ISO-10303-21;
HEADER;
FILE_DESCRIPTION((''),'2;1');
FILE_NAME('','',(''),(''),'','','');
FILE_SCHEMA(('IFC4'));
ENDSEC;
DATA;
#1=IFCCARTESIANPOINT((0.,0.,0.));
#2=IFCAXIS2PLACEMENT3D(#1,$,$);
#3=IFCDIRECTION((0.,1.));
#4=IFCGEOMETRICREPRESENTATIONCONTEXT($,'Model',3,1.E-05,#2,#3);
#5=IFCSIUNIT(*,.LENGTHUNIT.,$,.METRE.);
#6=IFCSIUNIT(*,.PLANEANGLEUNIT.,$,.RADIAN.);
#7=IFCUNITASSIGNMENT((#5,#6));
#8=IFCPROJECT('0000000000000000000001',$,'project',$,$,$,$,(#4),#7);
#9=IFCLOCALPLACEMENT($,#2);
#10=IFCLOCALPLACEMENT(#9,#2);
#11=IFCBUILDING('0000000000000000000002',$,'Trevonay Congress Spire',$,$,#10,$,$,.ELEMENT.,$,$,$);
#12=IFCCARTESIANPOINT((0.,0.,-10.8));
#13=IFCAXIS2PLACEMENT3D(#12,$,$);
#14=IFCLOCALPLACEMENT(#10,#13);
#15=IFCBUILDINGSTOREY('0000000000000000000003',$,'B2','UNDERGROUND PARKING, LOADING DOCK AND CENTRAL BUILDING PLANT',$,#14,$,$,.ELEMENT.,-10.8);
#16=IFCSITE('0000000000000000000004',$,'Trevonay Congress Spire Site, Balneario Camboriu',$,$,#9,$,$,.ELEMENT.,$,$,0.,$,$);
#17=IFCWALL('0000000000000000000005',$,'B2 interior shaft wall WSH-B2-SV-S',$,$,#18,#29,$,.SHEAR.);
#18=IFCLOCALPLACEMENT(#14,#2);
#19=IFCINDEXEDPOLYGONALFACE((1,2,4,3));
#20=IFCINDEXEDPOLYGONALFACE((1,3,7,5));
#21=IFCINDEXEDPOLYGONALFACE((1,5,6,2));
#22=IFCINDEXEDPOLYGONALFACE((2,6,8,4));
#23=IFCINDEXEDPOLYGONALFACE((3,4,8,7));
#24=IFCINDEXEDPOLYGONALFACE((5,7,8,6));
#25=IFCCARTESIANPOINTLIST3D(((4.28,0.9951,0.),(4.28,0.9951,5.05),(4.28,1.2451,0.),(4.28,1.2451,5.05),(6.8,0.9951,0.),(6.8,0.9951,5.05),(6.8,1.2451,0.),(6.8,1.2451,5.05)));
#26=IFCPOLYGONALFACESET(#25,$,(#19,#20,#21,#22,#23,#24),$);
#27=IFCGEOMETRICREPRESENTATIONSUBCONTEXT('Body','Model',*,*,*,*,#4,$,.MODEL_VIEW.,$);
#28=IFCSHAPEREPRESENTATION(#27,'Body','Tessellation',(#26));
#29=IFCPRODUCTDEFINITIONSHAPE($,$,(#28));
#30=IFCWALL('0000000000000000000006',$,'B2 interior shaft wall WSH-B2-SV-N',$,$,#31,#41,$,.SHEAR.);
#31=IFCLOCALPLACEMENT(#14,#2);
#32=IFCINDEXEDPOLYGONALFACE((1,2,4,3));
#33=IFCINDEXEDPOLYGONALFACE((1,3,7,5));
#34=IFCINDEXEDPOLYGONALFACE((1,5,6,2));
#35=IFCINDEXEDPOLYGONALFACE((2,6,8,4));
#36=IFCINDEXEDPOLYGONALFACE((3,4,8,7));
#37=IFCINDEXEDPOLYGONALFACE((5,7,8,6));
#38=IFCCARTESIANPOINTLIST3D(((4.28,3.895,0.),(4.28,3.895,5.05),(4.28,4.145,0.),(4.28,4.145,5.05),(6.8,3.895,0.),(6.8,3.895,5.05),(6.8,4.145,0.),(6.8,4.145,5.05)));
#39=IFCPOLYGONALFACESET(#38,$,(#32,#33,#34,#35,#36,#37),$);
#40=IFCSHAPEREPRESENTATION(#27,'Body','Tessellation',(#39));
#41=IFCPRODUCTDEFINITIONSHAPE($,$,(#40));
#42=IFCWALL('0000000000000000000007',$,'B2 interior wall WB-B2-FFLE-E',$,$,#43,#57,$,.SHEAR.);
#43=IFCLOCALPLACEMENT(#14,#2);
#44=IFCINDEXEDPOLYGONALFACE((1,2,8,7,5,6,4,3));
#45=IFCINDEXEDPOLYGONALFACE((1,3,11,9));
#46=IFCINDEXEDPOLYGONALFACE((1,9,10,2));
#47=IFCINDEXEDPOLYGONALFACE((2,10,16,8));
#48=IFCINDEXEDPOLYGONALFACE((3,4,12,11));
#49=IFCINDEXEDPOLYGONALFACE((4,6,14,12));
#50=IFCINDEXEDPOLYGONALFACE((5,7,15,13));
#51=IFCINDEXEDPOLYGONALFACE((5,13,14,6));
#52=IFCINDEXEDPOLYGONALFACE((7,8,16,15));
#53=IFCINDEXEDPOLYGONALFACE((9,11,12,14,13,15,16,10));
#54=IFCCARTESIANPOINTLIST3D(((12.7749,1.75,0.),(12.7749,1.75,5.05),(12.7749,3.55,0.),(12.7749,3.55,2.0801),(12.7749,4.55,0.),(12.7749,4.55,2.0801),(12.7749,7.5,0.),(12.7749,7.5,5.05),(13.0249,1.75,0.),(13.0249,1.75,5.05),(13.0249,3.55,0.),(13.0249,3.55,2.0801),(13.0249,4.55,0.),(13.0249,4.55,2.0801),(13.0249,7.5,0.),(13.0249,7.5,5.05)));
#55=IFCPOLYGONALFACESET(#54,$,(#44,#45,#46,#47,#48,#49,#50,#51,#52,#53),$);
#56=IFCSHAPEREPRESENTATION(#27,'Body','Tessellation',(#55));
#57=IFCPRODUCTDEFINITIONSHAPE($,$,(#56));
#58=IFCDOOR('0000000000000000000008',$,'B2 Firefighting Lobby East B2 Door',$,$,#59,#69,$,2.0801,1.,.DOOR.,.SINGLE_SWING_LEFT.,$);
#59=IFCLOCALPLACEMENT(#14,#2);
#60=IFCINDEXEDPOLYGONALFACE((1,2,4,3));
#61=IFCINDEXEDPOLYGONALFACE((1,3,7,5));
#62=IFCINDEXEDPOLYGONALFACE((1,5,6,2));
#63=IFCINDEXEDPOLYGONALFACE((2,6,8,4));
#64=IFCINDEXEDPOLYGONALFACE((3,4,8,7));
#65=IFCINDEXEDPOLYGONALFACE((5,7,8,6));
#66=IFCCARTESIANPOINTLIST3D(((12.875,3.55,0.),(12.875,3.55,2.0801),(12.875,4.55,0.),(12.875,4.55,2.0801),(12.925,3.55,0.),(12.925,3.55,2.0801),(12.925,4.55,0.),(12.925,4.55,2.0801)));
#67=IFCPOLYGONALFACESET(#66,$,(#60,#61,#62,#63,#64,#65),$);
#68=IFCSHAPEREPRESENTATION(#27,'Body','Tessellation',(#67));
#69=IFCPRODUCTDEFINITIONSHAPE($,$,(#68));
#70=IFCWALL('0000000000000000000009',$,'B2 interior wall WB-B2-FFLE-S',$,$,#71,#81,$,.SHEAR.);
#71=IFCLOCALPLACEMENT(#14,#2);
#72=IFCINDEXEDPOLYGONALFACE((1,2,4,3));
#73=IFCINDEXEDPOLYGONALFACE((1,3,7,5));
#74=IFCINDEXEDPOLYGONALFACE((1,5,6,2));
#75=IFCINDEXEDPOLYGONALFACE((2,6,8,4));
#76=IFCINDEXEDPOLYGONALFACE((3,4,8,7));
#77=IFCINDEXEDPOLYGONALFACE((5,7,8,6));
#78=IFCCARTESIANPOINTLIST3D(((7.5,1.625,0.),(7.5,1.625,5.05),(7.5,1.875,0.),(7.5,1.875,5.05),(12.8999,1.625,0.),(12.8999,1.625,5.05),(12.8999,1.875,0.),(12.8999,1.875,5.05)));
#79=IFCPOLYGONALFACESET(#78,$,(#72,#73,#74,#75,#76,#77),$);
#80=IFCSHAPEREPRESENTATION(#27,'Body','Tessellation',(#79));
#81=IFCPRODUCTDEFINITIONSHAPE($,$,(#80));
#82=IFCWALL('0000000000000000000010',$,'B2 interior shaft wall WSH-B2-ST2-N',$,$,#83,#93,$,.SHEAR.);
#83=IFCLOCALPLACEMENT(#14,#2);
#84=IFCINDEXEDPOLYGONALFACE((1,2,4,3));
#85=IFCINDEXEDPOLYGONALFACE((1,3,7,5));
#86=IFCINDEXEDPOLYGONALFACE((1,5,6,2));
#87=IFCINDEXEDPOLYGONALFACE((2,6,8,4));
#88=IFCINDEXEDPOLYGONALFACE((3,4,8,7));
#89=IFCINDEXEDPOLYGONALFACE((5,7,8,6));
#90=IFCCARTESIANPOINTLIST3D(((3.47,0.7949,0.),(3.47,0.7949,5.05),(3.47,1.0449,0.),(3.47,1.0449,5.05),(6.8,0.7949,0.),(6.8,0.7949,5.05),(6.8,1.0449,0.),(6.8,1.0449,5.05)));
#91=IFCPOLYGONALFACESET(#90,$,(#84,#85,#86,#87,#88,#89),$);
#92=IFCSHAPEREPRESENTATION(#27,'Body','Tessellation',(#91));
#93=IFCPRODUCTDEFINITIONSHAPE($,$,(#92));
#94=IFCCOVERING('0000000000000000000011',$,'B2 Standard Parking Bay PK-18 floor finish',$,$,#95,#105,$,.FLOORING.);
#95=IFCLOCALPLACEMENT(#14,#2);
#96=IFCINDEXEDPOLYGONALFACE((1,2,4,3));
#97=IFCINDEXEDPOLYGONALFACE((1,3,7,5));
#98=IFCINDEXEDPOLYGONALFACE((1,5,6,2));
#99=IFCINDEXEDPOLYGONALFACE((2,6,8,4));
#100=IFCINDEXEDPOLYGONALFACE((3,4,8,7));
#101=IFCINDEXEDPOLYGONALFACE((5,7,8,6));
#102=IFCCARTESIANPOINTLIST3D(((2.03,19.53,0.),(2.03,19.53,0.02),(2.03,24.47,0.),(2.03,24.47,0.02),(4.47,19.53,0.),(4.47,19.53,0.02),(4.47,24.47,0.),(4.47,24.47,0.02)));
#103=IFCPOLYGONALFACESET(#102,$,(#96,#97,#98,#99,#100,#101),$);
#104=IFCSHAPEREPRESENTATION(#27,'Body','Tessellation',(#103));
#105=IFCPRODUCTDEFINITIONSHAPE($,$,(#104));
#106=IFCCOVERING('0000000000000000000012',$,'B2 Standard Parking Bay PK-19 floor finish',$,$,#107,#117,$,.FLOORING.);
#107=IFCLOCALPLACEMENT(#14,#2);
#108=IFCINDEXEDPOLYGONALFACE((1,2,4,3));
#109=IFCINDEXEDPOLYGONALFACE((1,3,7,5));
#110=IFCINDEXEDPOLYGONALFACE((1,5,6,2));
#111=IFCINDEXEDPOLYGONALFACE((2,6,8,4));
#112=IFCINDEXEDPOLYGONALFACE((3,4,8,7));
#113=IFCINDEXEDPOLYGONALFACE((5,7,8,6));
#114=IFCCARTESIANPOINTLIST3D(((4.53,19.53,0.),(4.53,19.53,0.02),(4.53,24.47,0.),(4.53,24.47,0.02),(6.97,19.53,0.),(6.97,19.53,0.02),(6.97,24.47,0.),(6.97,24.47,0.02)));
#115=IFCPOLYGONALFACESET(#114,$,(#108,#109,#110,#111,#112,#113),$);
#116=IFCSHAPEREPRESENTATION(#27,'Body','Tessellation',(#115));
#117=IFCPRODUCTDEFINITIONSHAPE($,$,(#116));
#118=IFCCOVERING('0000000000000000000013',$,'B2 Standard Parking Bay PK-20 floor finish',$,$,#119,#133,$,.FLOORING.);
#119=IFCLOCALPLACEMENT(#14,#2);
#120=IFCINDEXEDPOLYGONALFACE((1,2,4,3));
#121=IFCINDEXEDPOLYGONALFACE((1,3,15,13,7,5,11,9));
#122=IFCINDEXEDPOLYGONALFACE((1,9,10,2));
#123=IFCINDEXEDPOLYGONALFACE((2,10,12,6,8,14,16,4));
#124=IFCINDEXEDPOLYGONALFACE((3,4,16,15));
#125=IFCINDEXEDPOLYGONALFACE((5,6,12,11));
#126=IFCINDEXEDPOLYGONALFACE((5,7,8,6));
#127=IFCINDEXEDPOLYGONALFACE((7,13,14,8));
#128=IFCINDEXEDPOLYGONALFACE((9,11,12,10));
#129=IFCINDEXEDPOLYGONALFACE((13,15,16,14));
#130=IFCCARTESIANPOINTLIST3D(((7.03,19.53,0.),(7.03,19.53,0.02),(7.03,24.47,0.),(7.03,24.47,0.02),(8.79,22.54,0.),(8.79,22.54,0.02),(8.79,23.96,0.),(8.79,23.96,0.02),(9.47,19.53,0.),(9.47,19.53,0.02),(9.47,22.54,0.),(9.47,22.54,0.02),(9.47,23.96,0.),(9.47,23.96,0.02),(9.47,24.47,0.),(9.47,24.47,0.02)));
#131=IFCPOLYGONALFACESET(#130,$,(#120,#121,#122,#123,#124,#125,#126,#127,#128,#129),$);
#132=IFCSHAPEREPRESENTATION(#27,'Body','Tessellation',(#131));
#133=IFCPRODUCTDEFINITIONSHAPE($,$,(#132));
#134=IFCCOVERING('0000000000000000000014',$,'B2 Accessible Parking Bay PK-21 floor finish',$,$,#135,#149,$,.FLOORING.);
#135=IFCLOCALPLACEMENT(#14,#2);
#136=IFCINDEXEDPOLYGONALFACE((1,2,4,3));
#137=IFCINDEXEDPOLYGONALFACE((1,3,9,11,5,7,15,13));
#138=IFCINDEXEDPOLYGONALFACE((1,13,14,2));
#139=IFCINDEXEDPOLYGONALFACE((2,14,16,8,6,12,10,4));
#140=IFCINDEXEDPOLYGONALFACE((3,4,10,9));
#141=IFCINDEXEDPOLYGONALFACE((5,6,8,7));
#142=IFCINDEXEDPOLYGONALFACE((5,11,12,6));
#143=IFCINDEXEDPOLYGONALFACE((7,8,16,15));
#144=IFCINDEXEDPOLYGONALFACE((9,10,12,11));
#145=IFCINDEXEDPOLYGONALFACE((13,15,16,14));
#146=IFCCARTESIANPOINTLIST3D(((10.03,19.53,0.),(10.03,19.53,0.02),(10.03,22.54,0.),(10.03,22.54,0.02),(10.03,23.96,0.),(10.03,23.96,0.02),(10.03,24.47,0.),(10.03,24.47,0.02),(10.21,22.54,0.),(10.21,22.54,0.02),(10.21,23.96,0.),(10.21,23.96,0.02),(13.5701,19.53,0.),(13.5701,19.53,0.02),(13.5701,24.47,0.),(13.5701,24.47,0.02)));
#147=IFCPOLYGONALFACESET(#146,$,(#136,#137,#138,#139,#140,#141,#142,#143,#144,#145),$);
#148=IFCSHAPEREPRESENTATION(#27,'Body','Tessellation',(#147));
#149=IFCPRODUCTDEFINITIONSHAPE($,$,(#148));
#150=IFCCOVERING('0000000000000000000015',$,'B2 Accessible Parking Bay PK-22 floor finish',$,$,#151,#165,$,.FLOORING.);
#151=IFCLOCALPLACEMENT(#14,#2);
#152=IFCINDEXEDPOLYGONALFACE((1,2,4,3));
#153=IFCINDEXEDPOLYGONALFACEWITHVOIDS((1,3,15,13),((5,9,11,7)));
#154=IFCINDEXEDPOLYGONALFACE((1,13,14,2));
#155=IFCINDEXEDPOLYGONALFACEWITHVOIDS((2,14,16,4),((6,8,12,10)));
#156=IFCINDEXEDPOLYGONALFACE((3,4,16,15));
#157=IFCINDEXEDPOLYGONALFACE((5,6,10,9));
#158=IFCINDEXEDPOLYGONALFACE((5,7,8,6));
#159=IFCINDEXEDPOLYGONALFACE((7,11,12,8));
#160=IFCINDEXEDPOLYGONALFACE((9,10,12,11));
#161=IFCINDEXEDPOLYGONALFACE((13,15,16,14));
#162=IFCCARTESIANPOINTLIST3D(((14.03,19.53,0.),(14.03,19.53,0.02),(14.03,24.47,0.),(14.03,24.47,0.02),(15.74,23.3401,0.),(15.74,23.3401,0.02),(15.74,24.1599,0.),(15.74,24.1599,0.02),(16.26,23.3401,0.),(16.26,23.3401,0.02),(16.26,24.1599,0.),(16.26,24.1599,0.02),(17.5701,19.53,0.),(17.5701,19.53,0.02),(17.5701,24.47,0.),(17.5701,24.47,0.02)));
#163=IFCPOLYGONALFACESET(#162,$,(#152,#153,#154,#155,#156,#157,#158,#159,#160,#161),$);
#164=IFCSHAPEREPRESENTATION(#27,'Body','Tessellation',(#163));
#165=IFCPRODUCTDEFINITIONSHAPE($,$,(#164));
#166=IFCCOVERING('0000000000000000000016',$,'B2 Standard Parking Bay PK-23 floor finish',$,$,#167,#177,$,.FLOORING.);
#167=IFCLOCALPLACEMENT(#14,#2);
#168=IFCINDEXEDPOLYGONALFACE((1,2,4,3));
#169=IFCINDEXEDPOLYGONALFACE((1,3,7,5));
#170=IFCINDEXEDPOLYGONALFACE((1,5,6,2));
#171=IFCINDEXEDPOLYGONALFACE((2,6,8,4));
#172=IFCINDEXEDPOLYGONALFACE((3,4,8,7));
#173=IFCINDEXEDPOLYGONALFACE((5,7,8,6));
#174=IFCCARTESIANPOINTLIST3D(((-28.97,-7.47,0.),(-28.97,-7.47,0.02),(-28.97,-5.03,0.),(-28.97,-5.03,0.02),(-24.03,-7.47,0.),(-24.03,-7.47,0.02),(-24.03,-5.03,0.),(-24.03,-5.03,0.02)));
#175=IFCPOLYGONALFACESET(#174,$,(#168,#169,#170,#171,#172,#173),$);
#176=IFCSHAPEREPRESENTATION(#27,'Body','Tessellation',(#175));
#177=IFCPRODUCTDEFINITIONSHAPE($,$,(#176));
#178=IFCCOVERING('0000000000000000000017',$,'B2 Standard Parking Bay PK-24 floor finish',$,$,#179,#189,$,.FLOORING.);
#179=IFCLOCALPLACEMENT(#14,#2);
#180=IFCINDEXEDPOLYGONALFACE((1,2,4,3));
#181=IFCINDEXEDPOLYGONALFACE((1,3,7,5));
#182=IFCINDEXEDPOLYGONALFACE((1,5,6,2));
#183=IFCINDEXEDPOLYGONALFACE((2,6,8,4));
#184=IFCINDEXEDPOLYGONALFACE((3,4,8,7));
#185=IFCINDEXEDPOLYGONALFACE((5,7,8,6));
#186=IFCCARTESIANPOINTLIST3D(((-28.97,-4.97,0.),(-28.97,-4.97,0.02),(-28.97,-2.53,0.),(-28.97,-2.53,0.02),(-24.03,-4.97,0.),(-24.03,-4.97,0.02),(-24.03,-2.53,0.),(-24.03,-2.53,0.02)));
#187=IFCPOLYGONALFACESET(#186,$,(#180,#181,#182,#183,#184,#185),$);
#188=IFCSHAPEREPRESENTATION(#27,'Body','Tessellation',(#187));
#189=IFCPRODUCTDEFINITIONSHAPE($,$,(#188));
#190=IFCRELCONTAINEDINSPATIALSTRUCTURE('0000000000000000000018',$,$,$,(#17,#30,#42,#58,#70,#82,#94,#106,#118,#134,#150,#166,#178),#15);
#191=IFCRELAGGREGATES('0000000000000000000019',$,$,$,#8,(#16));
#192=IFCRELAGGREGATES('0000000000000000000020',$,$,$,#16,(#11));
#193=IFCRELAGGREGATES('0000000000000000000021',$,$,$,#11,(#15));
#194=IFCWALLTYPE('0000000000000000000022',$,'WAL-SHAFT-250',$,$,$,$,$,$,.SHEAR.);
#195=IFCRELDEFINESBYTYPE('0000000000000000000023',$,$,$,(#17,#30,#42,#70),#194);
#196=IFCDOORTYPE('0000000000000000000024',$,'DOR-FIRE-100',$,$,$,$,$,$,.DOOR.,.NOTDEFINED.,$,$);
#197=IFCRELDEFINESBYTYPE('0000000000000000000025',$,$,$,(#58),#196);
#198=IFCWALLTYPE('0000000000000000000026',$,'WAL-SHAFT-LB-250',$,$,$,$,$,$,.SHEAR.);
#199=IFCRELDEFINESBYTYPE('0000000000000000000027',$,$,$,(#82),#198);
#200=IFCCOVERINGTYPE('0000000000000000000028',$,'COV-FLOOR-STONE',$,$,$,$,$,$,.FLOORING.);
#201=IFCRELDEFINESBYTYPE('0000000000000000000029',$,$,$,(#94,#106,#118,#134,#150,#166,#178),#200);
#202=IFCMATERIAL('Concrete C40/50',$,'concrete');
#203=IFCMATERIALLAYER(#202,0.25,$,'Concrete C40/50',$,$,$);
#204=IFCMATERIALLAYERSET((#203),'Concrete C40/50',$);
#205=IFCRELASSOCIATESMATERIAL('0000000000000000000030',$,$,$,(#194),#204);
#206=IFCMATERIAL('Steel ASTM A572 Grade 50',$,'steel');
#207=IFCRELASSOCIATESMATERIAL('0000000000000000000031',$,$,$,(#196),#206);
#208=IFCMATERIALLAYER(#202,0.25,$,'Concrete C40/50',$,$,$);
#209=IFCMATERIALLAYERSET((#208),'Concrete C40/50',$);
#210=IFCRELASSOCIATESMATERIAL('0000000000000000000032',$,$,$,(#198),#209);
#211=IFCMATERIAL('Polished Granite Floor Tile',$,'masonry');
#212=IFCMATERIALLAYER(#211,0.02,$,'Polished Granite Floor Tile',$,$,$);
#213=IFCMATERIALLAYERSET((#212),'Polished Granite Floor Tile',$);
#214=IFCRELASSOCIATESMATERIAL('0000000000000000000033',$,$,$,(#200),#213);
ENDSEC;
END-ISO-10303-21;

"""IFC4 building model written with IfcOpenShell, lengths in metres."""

from ifc_helpers import new_model, si_unit, direction, frame, frame_2d, origin, place, context, subcontext, project, spatial, polyline, rectangle, outline, extrude, material, layer, layer_set, type_object, element, fill, save


model = new_model("IFC4")

# Units and contexts
model_context = context("Model", 3, precision=1e-05, world=origin(), true_north=direction((0.0, 1.0)))
body_context = subcontext(model_context, "Body", "Model", "MODEL_VIEW")
ifc_project = project(units=[si_unit("LENGTHUNIT", "METRE"), si_unit("PLANEANGLEUNIT", "RADIAN")], contexts=[model_context])

# Site, building, storey
site_placement = place(None, origin())
site = spatial("IfcSite", under=ifc_project, at=site_placement, Name="Trevonay Congress Spire Site, Balneario Camboriu", CompositionType="ELEMENT", RefElevation=0.0)
building_placement = place(site_placement, origin())
building = spatial("IfcBuilding", under=site, at=building_placement, Name="Trevonay Congress Spire", CompositionType="ELEMENT")
storey_placement = place(building_placement, frame((0.0, 0.0, -10.8)))
storey = spatial("IfcBuildingStorey", under=building, at=storey_placement, Name="B2", Description="UNDERGROUND PARKING, LOADING DOCK AND CENTRAL BUILDING PLANT", CompositionType="ELEMENT", Elevation=-10.8)

# Shared definitions
ifc_material_1 = material(Name="Steel ASTM A572 Grade 50", Category="steel")

# Shared definitions
ifc_material_2 = material(Name="Concrete C40/50", Category="concrete")

# Shared definitions
ifc_layer_1 = layer(ifc_material_2, 0.25, Name="Concrete C40/50")
ifc_layer_set_1 = layer_set([ifc_layer_1], Name="Concrete C40/50")
wall_type_1 = type_object("IfcWallType", Name="WAL-SHAFT-250", PredefinedType="SHEAR", material=ifc_layer_set_1)

# Walls
for number, where, z_axis, x_axis, name in (
    (1, (4.28, 1.1201, 0.0), (0.0, 0.0, 1.0), (1.0, 0.0, 0.0), "B2 interior shaft wall WSH-B2-SV-S"),
    (2, (4.28, 4.02, 0.0), (0.0, 0.0, 1.0), (1.0, 0.0, 0.0), "B2 interior shaft wall WSH-B2-SV-N"),
):
    element("IfcWall", number, at=place(storey_placement, frame(where, z_axis=z_axis, x_axis=x_axis)), inside=storey, type_object=wall_type_1, Name=name, PredefinedType="SHEAR", context=body_context, shape_type="SweptSolid", body=[
        extrude(rectangle(XDim=2.52, YDim=0.25, at=frame_2d((1.26, 0.0))), origin(), (0.0, 0.0, 1.0), 5.05),
    ])

# Wall, opening, door
wall_1_placement = place(storey_placement, frame((12.8999, 1.75, 0.0), z_axis=(0.0, 0.0, 1.0), x_axis=(0.0, 1.0, 0.0)))
wall_1 = element("IfcWall", 3, at=wall_1_placement, inside=storey, type_object=wall_type_1, Name="B2 interior wall WB-B2-FFLE-E", PredefinedType="SHEAR", context=body_context, shape_type="SweptSolid", body=[
    extrude(rectangle(XDim=5.75, YDim=0.25, at=frame_2d((2.875, 0.0))), origin(), (0.0, 0.0, 1.0), 5.05),
])
opening_1_placement = place(wall_1_placement, frame((1.8, 0.0, 0.0)))
opening_1 = element("IfcOpeningElement", 4, at=opening_1_placement, cuts=wall_1, PredefinedType="OPENING", context=body_context, shape_type="SweptSolid", body=[
    extrude(rectangle(XDim=1.0, YDim=2.0801, at=frame_2d((0.5, 1.04))), frame((0.0, 0.135, 0.0), z_axis=(0.0, -1.0, 0.0), x_axis=(1.0, 0.0, 0.0)), (0.0, 0.0, 1.0), 0.27),
])
door_type_1 = type_object("IfcDoorType", Name="DOR-FIRE-100", OperationType="NOTDEFINED", PredefinedType="DOOR", material=ifc_material_1)
door_1_placement = place(opening_1_placement, origin())
door_1 = element("IfcDoor", 5, at=door_1_placement, inside=storey, type_object=door_type_1, Name="B2 Firefighting Lobby East B2 Door", OperationType="SINGLE_SWING_LEFT", OverallHeight=2.0801, OverallWidth=1.0, PredefinedType="DOOR", context=body_context, shape_type="SweptSolid", body=[
    extrude(rectangle(XDim=1.0, YDim=2.0801, at=frame_2d((0.5, 1.04))), frame((0.0, 0.0249, 0.0), z_axis=(0.0, -1.0, 0.0), x_axis=(1.0, 0.0, 0.0)), (0.0, 0.0, 1.0), 0.05),
])
fill(opening_1, door_1)

# Walls
wall_2_placement = place(storey_placement, frame((7.5, 1.75, 0.0), z_axis=(0.0, 0.0, 1.0), x_axis=(1.0, 0.0, 0.0)))
element("IfcWall", 6, at=wall_2_placement, inside=storey, type_object=wall_type_1, Name="B2 interior wall WB-B2-FFLE-S", PredefinedType="SHEAR", context=body_context, shape_type="SweptSolid", body=[
    extrude(rectangle(XDim=5.3999, YDim=0.25, at=frame_2d((2.7, 0.0))), origin(), (0.0, 0.0, 1.0), 5.05),
])
ifc_layer_2 = layer(ifc_material_2, 0.25, Name="Concrete C40/50")
ifc_layer_set_2 = layer_set([ifc_layer_2], Name="Concrete C40/50")
wall_type_2 = type_object("IfcWallType", Name="WAL-SHAFT-LB-250", PredefinedType="SHEAR", material=ifc_layer_set_2)
wall_3_placement = place(storey_placement, frame((3.47, 0.9199, 0.0), z_axis=(0.0, 0.0, 1.0), x_axis=(1.0, 0.0, 0.0)))
element("IfcWall", 7, at=wall_3_placement, inside=storey, type_object=wall_type_2, Name="B2 interior shaft wall WSH-B2-ST2-N", PredefinedType="SHEAR", context=body_context, shape_type="SweptSolid", body=[
    extrude(rectangle(XDim=3.3301, YDim=0.25, at=frame_2d((1.665, 0.0))), origin(), (0.0, 0.0, 1.0), 5.05),
])

# Coverings
ifc_material_3 = material(Name="Polished Granite Floor Tile", Category="masonry")
ifc_layer_3 = layer(ifc_material_3, 0.02, Name="Polished Granite Floor Tile")
ifc_layer_set_3 = layer_set([ifc_layer_3], Name="Polished Granite Floor Tile")
covering_type = type_object("IfcCoveringType", Name="COV-FLOOR-STONE", PredefinedType="FLOORING", material=ifc_layer_set_3)
covering_1_placement = place(storey_placement, origin())
element("IfcCovering", 8, at=covering_1_placement, inside=storey, type_object=covering_type, Name="B2 Standard Parking Bay PK-18 floor finish", PredefinedType="FLOORING", context=body_context, shape_type="SweptSolid", body=[
    extrude(outline(polyline([(2.03, 19.53), (4.47, 19.53), (4.47, 24.47), (2.03, 24.47), (2.03, 19.53)])), origin(), (0.0, 0.0, 1.0), 0.02),
])
covering_2_placement = place(storey_placement, origin())
element("IfcCovering", 9, at=covering_2_placement, inside=storey, type_object=covering_type, Name="B2 Standard Parking Bay PK-19 floor finish", PredefinedType="FLOORING", context=body_context, shape_type="SweptSolid", body=[
    extrude(outline(polyline([(4.53, 19.53), (6.97, 19.53), (6.97, 24.47), (4.53, 24.47), (4.53, 19.53)])), origin(), (0.0, 0.0, 1.0), 0.02),
])
covering_3_placement = place(storey_placement, origin())
element("IfcCovering", 10, at=covering_3_placement, inside=storey, type_object=covering_type, Name="B2 Standard Parking Bay PK-20 floor finish", PredefinedType="FLOORING", context=body_context, shape_type="SweptSolid", body=[
    extrude(outline(polyline([(9.47, 19.53), (7.03, 19.53), (7.03, 24.47), (9.47, 24.47), (9.47, 23.96), (8.79, 23.96), (8.79, 22.54), (9.47, 22.54), (9.47, 19.53)])), origin(), (0.0, 0.0, 1.0), 0.02),
])
covering_4_placement = place(storey_placement, origin())
element("IfcCovering", 11, at=covering_4_placement, inside=storey, type_object=covering_type, Name="B2 Accessible Parking Bay PK-21 floor finish", PredefinedType="FLOORING", context=body_context, shape_type="SweptSolid", body=[
    extrude(outline(polyline([(10.03, 24.47), (13.5701, 24.47), (13.5701, 19.53), (10.03, 19.53), (10.03, 22.54), (10.21, 22.54), (10.21, 23.96), (10.03, 23.96), (10.03, 24.47)])), origin(), (0.0, 0.0, 1.0), 0.02),
])
covering_5_placement = place(storey_placement, origin())
element("IfcCovering", 12, at=covering_5_placement, inside=storey, type_object=covering_type, Name="B2 Accessible Parking Bay PK-22 floor finish", PredefinedType="FLOORING", context=body_context, shape_type="SweptSolid", body=[
    extrude(outline(polyline([(14.03, 24.47), (17.5701, 24.47), (17.5701, 19.53), (14.03, 19.53), (14.03, 24.47)]), holes=[polyline([(16.26, 23.3401), (16.26, 24.1599), (15.74, 24.1599), (15.74, 23.3401), (16.26, 23.3401)])]), origin(), (0.0, 0.0, 1.0), 0.02),
])
covering_6_placement = place(storey_placement, origin())
element("IfcCovering", 13, at=covering_6_placement, inside=storey, type_object=covering_type, Name="B2 Standard Parking Bay PK-23 floor finish", PredefinedType="FLOORING", context=body_context, shape_type="SweptSolid", body=[
    extrude(outline(polyline([(-28.97, -7.47), (-24.03, -7.47), (-24.03, -5.03), (-28.97, -5.03), (-28.97, -7.47)])), origin(), (0.0, 0.0, 1.0), 0.02),
])
covering_7_placement = place(storey_placement, origin())
element("IfcCovering", 14, at=covering_7_placement, inside=storey, type_object=covering_type, Name="B2 Standard Parking Bay PK-24 floor finish", PredefinedType="FLOORING", context=body_context, shape_type="SweptSolid", body=[
    extrude(outline(polyline([(-28.97, -4.97), (-24.03, -4.97), (-24.03, -2.53), (-28.97, -2.53), (-28.97, -4.97)])), origin(), (0.0, 0.0, 1.0), 0.02),
])

save(model, "model.ifc")
